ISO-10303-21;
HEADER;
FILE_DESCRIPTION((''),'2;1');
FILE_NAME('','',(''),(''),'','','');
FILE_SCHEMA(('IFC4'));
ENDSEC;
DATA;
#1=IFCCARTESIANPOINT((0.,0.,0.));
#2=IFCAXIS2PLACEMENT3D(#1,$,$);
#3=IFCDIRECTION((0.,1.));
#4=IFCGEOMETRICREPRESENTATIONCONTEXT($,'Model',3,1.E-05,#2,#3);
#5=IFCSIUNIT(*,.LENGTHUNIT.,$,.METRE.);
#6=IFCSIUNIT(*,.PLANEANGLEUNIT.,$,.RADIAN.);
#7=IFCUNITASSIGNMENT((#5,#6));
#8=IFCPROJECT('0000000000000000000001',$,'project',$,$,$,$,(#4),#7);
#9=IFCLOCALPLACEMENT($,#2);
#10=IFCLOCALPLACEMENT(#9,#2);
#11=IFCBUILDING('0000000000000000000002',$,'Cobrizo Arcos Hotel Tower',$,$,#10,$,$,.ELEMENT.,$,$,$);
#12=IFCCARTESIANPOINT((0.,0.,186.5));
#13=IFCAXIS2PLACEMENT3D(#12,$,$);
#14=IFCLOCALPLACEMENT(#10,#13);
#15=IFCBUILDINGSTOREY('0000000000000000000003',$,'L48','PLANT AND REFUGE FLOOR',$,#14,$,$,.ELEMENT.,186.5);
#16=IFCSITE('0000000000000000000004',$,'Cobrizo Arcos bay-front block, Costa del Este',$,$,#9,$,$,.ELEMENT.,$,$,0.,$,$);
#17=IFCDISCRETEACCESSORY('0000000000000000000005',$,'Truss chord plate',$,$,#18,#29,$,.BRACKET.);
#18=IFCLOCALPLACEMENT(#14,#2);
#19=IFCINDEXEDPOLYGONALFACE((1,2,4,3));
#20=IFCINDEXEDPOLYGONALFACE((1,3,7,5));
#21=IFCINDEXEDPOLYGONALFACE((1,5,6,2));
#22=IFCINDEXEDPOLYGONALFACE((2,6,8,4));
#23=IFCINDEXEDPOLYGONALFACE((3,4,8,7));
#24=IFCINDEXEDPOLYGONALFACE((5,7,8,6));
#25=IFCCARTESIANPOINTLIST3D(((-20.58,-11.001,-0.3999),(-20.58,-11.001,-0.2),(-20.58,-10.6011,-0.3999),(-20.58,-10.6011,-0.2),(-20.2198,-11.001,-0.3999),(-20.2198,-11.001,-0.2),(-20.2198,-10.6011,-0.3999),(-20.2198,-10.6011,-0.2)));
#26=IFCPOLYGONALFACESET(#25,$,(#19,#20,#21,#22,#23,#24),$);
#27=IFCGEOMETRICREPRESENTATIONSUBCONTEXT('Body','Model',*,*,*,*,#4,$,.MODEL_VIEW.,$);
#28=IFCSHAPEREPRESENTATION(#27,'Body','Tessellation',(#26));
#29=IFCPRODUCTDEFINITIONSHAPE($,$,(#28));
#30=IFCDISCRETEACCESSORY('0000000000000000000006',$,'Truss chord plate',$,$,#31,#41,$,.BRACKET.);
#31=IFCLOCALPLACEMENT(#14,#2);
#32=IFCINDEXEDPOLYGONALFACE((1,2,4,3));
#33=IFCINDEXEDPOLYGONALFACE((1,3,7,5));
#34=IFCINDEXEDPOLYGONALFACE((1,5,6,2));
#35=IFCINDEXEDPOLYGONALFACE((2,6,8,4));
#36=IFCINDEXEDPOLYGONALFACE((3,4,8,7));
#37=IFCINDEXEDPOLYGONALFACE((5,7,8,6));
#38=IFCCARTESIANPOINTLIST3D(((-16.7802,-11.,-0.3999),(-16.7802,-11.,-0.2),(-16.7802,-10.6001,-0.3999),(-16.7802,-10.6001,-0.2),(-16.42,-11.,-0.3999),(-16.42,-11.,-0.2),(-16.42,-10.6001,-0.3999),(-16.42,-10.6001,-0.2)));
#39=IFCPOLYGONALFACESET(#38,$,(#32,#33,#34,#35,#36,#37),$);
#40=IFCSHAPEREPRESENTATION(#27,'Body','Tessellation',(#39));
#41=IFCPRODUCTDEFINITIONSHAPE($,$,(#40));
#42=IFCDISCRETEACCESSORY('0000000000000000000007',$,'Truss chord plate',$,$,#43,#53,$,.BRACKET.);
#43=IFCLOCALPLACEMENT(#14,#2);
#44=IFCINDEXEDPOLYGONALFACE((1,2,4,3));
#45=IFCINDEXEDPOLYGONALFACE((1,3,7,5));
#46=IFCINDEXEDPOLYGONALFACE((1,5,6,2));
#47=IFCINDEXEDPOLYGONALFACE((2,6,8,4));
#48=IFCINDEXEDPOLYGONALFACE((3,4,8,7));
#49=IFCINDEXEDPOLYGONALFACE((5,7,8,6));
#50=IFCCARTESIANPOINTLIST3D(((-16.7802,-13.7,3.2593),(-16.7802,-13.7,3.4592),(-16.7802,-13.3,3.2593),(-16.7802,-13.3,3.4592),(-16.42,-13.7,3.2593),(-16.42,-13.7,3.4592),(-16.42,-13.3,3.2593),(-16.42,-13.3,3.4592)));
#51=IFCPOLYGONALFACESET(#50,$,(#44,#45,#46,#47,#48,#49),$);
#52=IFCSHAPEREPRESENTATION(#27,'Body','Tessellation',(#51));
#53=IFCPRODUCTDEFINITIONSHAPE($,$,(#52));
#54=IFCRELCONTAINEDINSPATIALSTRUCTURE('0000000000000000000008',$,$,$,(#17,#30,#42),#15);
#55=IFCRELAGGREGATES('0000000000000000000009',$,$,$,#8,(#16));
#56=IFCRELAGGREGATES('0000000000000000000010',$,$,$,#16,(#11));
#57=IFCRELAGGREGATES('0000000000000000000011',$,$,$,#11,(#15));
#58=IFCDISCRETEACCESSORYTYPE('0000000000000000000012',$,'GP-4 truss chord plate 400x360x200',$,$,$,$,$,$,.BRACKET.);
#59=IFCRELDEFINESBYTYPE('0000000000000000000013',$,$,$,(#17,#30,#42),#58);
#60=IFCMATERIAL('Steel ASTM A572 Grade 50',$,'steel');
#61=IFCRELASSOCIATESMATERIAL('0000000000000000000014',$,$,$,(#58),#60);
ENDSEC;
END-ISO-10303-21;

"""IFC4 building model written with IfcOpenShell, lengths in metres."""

from ifc_helpers import new_model, si_unit, direction, frame, origin, origin_2d, place, context, subcontext, project, spatial, rectangle, extrude, material, type_object, element, save


model = new_model("IFC4")

# Units and contexts
model_context = context("Model", 3, precision=1e-05, world=origin(), true_north=direction((0.0, 1.0)))
body_context = subcontext(model_context, "Body", "Model", "MODEL_VIEW")
ifc_project = project(units=[si_unit("LENGTHUNIT", "METRE"), si_unit("PLANEANGLEUNIT", "RADIAN")], contexts=[model_context])

# Site, building, storey
site_placement = place(None, origin())
site = spatial("IfcSite", under=ifc_project, at=site_placement, Name="Cobrizo Arcos bay-front block, Costa del Este", CompositionType="ELEMENT", RefElevation=0.0)
building_placement = place(site_placement, origin())
building = spatial("IfcBuilding", under=site, at=building_placement, Name="Cobrizo Arcos Hotel Tower", CompositionType="ELEMENT")
storey_placement = place(building_placement, frame((0.0, 0.0, 186.5)))
storey = spatial("IfcBuildingStorey", under=building, at=storey_placement, Name="L48", Description="PLANT AND REFUGE FLOOR", CompositionType="ELEMENT", Elevation=186.5)

# Discrete accessories
ifc_material_1 = material(Name="Steel ASTM A572 Grade 50", Category="steel")
discrete_accessory_type = type_object("IfcDiscreteAccessoryType", Name="GP-4 truss chord plate 400x360x200", PredefinedType="BRACKET", material=ifc_material_1)
for number, where, z_axis, x_axis, name in (
    (1, (-20.3999, -10.801, -0.3999), (0.0, 0.0, 1.0), (0.0, -1.0, 0.0), "Truss chord plate"),
    (2, (-16.6001, -10.8, -0.3999), (0.0, 0.0, 1.0), (0.0, -1.0, 0.0), "Truss chord plate"),
    (3, (-16.6001, -13.5, 3.2593), (0.0, 0.0, 1.0), (0.0, -1.0, 0.0), "Truss chord plate"),
):
    element("IfcDiscreteAccessory", number, at=place(storey_placement, frame(where, z_axis=z_axis, x_axis=x_axis)), inside=storey, type_object=discrete_accessory_type, Name=name, PredefinedType="BRACKET", context=body_context, shape_type="SweptSolid", body=[
        extrude(rectangle(XDim=0.3999, YDim=0.3601, at=origin_2d()), origin(), (0.0, 0.0, 1.0), 0.2),
    ])

save(model, "model.ifc")
